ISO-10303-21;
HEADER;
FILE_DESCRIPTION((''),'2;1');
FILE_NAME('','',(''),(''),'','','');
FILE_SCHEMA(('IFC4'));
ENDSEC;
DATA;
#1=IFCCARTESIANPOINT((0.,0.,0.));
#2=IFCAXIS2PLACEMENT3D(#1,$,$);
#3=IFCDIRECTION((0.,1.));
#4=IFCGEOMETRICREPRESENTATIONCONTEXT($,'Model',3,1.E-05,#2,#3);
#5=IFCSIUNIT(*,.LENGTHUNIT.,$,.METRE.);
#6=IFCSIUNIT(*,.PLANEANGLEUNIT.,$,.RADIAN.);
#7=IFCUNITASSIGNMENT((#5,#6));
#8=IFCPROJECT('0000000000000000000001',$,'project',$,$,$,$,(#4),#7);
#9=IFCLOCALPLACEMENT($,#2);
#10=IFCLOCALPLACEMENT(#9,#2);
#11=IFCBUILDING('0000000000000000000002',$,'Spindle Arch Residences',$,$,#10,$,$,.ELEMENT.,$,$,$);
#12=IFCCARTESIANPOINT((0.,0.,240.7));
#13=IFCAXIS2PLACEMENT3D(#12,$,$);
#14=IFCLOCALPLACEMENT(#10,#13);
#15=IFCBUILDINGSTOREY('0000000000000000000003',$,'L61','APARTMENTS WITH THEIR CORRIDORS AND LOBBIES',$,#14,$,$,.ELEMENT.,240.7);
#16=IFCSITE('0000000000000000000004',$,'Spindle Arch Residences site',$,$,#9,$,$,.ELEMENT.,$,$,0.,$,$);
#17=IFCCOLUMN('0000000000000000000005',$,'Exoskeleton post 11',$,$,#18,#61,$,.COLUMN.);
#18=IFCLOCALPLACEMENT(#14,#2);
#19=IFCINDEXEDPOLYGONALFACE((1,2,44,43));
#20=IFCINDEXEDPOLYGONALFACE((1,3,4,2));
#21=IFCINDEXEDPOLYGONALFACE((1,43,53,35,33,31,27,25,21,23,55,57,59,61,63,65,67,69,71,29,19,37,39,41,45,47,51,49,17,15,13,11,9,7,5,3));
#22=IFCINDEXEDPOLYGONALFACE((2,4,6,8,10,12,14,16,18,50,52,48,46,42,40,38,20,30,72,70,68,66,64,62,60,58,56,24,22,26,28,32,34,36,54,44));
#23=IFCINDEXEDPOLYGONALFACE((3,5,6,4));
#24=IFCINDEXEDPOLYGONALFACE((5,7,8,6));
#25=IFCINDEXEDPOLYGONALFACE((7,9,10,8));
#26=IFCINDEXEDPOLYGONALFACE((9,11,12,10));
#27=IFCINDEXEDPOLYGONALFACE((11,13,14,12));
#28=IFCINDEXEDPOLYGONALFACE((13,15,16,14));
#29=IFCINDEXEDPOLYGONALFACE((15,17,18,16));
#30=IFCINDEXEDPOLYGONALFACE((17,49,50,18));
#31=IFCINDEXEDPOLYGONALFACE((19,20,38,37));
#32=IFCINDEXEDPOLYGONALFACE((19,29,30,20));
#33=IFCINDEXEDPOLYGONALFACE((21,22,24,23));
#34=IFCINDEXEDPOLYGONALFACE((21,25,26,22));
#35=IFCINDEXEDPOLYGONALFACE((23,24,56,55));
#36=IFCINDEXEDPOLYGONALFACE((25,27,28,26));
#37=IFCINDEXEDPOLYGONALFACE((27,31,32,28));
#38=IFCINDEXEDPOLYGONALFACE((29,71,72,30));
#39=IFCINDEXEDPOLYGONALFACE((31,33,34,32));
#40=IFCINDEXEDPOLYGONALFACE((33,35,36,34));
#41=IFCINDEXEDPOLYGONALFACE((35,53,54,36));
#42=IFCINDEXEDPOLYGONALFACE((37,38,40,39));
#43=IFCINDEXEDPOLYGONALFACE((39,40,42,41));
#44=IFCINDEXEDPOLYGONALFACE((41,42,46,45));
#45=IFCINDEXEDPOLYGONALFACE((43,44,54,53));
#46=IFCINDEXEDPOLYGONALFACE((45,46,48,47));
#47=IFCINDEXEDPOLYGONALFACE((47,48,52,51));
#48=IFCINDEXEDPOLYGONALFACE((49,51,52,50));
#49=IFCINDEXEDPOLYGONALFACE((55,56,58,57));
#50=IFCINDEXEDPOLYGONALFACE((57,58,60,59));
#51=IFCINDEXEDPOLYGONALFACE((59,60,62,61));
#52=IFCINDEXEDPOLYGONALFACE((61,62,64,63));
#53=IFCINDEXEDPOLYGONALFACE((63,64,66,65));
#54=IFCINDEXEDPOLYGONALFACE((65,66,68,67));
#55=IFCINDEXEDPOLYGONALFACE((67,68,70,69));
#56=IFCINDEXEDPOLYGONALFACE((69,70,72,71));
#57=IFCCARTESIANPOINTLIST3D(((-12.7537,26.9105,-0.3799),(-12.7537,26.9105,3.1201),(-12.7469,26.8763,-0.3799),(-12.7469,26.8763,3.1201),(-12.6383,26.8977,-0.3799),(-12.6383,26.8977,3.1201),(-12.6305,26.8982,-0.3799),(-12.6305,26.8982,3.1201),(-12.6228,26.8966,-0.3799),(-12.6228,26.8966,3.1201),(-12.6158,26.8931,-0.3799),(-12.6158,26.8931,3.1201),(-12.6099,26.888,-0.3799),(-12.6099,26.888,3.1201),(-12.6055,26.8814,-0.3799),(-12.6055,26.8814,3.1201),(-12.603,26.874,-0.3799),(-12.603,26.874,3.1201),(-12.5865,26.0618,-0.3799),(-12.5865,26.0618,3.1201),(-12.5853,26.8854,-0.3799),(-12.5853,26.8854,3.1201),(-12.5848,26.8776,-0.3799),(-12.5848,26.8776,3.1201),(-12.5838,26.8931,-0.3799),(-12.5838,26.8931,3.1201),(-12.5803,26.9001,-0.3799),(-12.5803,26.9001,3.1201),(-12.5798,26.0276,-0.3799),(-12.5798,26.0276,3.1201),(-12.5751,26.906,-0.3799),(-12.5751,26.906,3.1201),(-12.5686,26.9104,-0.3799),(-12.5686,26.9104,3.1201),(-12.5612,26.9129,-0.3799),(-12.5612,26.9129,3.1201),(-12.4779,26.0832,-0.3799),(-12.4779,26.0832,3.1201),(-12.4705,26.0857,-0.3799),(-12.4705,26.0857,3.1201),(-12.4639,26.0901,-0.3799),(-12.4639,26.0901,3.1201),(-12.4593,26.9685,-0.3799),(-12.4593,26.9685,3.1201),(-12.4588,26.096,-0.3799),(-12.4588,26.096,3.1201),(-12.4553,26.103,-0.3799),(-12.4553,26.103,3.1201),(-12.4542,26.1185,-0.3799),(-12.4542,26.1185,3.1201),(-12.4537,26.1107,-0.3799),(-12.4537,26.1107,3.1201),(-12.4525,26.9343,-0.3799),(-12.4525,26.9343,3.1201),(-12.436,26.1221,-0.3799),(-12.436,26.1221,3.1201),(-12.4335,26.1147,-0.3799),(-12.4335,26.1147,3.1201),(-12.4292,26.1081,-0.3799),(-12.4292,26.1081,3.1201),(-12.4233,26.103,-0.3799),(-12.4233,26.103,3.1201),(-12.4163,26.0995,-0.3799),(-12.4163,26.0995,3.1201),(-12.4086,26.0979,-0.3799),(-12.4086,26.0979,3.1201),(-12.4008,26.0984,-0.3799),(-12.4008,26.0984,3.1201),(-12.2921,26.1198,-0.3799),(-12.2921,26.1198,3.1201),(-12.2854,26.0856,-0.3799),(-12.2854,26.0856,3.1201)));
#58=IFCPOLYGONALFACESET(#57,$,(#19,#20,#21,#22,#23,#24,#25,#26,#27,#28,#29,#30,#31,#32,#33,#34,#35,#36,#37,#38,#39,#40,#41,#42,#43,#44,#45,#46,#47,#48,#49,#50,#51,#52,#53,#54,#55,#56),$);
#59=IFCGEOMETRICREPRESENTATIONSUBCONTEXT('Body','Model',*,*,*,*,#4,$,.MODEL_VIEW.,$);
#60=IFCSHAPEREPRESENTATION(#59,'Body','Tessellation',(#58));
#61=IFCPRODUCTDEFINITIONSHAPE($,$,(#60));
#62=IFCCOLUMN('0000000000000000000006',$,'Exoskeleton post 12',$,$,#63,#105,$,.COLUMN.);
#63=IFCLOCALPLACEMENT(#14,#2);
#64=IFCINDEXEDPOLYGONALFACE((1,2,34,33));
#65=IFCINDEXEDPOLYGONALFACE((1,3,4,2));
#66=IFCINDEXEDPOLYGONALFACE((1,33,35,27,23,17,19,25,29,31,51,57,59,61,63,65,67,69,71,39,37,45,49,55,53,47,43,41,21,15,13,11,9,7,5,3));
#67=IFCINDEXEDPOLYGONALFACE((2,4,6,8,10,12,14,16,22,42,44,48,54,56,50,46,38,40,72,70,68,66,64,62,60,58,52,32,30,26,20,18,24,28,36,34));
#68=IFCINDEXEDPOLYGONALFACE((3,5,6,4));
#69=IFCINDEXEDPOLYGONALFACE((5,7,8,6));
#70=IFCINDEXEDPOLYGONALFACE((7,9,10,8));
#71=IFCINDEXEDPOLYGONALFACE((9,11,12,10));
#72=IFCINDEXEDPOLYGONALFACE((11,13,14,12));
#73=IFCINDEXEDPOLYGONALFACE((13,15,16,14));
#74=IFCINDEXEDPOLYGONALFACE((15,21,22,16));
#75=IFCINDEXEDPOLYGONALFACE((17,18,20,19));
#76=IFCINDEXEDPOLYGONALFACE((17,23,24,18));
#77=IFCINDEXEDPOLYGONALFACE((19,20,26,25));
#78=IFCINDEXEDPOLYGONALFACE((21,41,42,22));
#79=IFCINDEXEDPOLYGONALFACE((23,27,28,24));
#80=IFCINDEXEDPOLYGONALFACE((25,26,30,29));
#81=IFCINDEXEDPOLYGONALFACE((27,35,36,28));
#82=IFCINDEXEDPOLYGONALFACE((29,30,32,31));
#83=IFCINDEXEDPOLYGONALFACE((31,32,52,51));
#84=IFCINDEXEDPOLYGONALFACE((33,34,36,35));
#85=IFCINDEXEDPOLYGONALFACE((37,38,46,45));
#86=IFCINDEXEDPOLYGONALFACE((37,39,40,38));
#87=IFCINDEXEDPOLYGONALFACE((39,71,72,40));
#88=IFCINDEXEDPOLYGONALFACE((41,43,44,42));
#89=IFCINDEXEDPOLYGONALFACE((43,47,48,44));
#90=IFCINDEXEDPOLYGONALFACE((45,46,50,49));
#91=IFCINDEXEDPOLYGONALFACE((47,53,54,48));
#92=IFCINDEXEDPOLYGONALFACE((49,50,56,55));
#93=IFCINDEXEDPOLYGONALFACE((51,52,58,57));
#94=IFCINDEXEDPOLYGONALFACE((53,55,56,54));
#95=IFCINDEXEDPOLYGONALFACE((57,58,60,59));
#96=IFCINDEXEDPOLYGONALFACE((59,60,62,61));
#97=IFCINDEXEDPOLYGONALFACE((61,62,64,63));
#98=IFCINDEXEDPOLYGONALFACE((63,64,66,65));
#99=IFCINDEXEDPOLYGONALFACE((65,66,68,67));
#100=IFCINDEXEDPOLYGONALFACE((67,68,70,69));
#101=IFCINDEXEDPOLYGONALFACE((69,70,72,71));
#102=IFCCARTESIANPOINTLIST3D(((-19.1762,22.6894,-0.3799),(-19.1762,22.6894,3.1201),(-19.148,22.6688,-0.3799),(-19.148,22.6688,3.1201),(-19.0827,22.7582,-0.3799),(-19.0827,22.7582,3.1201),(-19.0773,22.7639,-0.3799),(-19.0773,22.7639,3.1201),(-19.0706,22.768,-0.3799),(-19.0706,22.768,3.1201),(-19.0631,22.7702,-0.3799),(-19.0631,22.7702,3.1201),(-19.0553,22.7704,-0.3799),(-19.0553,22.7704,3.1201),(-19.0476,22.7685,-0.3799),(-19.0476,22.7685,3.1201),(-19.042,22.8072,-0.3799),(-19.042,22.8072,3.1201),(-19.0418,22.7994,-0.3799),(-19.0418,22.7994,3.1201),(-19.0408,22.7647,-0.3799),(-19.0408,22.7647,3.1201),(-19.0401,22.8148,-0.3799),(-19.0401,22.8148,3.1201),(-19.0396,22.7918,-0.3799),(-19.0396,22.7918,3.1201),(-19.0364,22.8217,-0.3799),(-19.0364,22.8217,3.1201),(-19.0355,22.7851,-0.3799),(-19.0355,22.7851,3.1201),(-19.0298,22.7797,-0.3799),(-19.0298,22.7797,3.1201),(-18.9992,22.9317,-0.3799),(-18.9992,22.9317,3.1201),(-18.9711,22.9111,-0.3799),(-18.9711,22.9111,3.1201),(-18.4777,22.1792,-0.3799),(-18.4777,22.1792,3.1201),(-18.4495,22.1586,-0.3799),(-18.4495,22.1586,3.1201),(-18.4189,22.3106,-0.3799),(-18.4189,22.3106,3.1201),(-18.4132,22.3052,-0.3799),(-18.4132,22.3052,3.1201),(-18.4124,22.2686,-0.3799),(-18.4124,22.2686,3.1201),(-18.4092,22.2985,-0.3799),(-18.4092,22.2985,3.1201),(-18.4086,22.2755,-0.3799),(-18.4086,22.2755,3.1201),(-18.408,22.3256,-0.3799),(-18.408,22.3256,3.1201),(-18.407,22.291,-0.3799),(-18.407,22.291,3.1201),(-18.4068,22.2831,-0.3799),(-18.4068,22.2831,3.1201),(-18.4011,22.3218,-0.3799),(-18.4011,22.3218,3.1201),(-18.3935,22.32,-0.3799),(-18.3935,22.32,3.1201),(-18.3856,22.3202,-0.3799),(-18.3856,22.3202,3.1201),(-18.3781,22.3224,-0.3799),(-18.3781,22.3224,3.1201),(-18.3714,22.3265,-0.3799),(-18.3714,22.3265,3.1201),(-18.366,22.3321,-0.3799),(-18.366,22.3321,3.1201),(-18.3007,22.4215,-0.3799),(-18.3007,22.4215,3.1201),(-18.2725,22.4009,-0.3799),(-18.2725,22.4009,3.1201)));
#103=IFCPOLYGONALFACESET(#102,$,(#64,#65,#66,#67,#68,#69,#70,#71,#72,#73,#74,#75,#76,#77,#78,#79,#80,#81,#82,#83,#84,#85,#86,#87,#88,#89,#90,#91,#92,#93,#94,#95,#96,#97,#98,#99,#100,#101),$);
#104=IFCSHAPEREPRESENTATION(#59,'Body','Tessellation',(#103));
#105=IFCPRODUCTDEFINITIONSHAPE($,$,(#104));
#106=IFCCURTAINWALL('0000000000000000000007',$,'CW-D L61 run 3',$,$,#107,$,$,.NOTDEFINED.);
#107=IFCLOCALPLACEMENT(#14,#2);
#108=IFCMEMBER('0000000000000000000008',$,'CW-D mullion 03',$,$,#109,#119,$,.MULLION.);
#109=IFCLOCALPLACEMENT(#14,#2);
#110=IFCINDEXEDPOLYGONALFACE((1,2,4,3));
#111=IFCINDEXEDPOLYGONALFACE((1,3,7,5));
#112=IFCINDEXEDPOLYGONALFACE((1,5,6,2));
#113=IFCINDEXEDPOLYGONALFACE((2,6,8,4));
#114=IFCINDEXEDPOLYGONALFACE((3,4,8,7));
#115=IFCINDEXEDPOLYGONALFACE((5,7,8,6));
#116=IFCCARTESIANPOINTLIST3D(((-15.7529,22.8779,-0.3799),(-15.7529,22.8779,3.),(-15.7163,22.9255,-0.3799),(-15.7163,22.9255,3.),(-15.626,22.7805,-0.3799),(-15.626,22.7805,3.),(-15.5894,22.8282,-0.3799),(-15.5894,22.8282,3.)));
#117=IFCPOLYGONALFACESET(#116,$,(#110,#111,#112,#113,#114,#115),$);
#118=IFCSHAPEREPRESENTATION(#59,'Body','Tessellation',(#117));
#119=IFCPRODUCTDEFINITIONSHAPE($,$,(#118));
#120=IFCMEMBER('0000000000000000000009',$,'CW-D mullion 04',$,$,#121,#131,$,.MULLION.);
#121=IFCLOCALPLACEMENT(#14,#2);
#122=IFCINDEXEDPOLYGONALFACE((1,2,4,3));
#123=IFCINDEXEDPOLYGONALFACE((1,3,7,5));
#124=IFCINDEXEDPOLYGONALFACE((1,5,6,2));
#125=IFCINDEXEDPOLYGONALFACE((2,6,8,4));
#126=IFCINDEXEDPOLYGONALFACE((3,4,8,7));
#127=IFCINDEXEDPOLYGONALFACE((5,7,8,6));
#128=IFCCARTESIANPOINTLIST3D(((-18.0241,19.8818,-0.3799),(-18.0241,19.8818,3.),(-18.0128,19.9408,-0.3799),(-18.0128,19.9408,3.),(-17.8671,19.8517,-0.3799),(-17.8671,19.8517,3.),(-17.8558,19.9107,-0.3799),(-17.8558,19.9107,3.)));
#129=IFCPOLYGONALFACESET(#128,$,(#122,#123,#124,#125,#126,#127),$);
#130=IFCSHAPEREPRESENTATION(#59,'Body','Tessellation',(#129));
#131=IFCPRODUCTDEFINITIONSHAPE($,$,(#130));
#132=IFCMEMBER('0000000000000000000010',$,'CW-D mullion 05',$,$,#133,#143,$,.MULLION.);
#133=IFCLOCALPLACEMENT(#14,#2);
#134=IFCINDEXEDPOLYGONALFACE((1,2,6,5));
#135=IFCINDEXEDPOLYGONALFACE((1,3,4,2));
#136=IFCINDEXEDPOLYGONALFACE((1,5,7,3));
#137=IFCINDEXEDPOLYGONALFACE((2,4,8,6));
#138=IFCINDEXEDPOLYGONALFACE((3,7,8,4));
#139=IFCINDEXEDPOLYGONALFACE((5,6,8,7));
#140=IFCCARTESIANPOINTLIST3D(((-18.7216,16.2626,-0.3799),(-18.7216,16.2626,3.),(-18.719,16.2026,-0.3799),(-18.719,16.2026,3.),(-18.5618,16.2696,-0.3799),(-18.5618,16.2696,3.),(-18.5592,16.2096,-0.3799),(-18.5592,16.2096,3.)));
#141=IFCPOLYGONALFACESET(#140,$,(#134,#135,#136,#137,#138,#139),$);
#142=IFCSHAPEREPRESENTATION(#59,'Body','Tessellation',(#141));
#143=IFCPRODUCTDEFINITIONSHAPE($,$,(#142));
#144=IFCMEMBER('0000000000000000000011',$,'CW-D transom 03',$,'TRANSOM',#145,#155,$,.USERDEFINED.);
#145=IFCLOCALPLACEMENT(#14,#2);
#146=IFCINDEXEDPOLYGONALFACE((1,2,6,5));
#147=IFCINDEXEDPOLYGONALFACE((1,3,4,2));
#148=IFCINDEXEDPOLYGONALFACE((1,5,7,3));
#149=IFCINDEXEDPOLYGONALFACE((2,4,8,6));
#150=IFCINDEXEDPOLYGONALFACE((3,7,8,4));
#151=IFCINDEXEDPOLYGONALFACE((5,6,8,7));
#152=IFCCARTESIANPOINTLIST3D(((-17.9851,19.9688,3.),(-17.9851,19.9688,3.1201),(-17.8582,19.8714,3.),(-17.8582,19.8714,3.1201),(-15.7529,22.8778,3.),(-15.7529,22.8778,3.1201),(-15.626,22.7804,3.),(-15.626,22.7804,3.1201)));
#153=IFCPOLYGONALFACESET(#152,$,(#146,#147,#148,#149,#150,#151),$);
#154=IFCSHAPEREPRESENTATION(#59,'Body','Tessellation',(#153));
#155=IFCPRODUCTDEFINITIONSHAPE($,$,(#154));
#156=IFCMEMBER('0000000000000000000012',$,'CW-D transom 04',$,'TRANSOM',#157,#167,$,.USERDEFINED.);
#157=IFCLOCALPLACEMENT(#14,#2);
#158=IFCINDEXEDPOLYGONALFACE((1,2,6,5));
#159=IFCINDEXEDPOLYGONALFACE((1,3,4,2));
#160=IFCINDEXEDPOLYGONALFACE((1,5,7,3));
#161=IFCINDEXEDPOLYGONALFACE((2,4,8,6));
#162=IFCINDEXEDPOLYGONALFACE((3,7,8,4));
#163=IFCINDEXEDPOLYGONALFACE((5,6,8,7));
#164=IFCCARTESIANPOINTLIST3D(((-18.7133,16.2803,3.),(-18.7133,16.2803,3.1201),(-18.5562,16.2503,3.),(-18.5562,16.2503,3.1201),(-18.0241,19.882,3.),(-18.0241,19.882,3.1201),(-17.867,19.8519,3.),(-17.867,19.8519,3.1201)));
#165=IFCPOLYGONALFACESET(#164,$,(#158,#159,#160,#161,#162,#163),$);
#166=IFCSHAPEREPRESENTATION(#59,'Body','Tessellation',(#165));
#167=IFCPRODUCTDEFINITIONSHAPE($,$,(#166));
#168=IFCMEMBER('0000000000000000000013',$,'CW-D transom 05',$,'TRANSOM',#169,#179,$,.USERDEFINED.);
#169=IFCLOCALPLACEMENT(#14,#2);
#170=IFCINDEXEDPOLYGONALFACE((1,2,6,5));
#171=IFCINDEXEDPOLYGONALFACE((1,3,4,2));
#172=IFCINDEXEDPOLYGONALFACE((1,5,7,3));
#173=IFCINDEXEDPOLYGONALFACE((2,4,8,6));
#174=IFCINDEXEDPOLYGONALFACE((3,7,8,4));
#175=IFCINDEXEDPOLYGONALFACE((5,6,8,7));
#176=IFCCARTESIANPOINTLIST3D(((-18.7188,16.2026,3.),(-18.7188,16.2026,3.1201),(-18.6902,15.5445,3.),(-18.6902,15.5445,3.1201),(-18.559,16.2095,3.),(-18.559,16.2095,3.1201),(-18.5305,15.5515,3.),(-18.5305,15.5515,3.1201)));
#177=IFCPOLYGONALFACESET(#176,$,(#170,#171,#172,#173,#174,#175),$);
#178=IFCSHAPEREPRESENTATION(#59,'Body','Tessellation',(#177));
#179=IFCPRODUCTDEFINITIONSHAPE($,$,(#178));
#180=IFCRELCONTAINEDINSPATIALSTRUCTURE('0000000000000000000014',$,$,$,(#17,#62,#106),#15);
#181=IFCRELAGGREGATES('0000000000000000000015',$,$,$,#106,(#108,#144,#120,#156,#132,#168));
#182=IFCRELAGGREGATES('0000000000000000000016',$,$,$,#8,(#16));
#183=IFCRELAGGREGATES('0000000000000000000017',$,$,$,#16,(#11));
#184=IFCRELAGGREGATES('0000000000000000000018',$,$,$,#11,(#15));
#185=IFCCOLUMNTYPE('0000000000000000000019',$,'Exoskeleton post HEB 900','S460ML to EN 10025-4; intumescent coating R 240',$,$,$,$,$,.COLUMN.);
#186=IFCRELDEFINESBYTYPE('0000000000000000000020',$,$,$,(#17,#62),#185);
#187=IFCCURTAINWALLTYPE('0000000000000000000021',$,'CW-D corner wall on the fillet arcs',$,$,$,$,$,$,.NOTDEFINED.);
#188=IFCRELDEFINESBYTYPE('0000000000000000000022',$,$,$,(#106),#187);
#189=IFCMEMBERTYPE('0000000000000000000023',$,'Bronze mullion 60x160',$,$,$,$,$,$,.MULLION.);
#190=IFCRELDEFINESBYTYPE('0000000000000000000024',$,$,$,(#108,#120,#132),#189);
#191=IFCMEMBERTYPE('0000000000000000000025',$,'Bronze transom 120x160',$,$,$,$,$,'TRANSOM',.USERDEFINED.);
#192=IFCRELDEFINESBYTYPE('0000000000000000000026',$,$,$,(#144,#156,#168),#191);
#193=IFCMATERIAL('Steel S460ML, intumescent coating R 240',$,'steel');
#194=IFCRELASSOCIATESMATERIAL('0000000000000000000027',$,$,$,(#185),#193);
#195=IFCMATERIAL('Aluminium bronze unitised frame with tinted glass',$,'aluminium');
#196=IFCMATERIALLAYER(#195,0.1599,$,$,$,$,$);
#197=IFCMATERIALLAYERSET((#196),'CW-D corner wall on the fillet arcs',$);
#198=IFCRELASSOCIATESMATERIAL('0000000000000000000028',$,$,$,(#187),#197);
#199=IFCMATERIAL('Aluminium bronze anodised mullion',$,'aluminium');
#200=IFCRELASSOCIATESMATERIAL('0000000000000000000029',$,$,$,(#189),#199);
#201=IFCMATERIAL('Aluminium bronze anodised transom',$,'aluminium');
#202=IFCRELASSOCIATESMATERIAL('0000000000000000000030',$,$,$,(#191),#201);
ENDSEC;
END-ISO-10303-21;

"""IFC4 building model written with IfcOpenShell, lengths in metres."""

from ifc_helpers import new_model, si_unit, direction, frame, origin, origin_2d, place, context, subcontext, project, spatial, rectangle, i_section, extrude, material, layer, layer_set, material_profile, profile_set, type_object, element, aggregate, save


model = new_model("IFC4")

# Units and contexts
model_context = context("Model", 3, precision=1e-05, world=origin(), true_north=direction((0.0, 1.0)))
body_context = subcontext(model_context, "Body", "Model", "MODEL_VIEW")
ifc_project = project(units=[si_unit("LENGTHUNIT", "METRE"), si_unit("PLANEANGLEUNIT", "RADIAN")], contexts=[model_context])

# Site, building, storey
site_placement = place(None, origin())
site = spatial("IfcSite", under=ifc_project, at=site_placement, Name="Spindle Arch Residences site", CompositionType="ELEMENT", RefElevation=0.0)
building_placement = place(site_placement, origin())
building = spatial("IfcBuilding", under=site, at=building_placement, Name="Spindle Arch Residences", CompositionType="ELEMENT")
storey_placement = place(building_placement, frame((0.0, 0.0, 240.7)))
storey = spatial("IfcBuildingStorey", under=building, at=storey_placement, Name="L61", Description="APARTMENTS WITH THEIR CORRIDORS AND LOBBIES", CompositionType="ELEMENT", Elevation=240.7)

# Columns
ifc_material_1 = material(Name="Steel S460ML, intumescent coating R 240", Category="steel")
ifc_material_profile_1 = material_profile(ifc_material_1, i_section(OverallWidth=0.3, OverallDepth=0.8999, WebThickness=0.0186, FlangeThickness=0.0349, FilletRadius=0.03, at=origin_2d()), Name="HEB 900")
ifc_profile_set_1 = profile_set([ifc_material_profile_1], Name="Steel S460ML, intumescent coating R 240")
column_type = type_object("IfcColumnType", Name="Exoskeleton post HEB 900", Description="S460ML to EN 10025-4; intumescent coating R 240", PredefinedType="COLUMN", material=ifc_profile_set_1)
for number, where, z_axis, x_axis, name in (
    (1, (-12.5195, 26.498, -0.3799), (0.0, 0.0, 1.0), (0.981153, 0.193233, 0.0), "Exoskeleton post 11"),
    (2, (-18.7244, 22.5452, -0.3799), (0.0, 0.0, 1.0), (0.589781, 0.807563, 0.0), "Exoskeleton post 12"),
):
    element("IfcColumn", number, at=place(storey_placement, frame(where, z_axis=z_axis, x_axis=x_axis)), inside=storey, type_object=column_type, Name=name, PredefinedType="COLUMN", context=body_context, shape_type="SweptSolid", body=[
        extrude(i_section(OverallWidth=0.3, OverallDepth=0.8999, WebThickness=0.0186, FlangeThickness=0.0349, FilletRadius=0.03, at=origin_2d()), origin(), (0.0, 0.0, 1.0), 3.5),
    ])

# Curtain wall, members
ifc_material_2 = material(Name="Aluminium bronze unitised frame with tinted glass", Category="aluminium")
ifc_layer_1 = layer(ifc_material_2, 0.1599)
ifc_layer_set_1 = layer_set([ifc_layer_1], Name="CW-D corner wall on the fillet arcs")
curtain_wall_type = type_object("IfcCurtainWallType", Name="CW-D corner wall on the fillet arcs", PredefinedType="NOTDEFINED", material=ifc_layer_set_1)
curtain_wall_placement = place(storey_placement, origin())
curtain_wall = element("IfcCurtainWall", 3, at=curtain_wall_placement, inside=storey, type_object=curtain_wall_type, Name="CW-D L61 run 3", PredefinedType="NOTDEFINED")
ifc_material_3 = material(Name="Aluminium bronze anodised mullion", Category="aluminium")
ifc_material_profile_2 = material_profile(ifc_material_3, rectangle(XDim=0.1599, YDim=0.0601, at=origin_2d()), Name="MU 60x160")
ifc_profile_set_2 = profile_set([ifc_material_profile_2], Name="Aluminium bronze anodised mullion")
member_type_1 = type_object("IfcMemberType", Name="Bronze mullion 60x160", PredefinedType="MULLION", material=ifc_profile_set_2)
member_1_placement = place(storey_placement, frame((-15.6711, 22.853, -0.3799), z_axis=(0.0, 0.0, 1.0), x_axis=(0.793353, -0.608761, 0.0)))
member_1 = element("IfcMember", 4, at=member_1_placement, type_object=member_type_1, Name="CW-D mullion 03", PredefinedType="MULLION", context=body_context, shape_type="SweptSolid", body=[
    extrude(rectangle(XDim=0.1599, YDim=0.0601, at=origin_2d()), origin(), (0.0, 0.0, 1.0), 3.3799),
])
member_2_placement = place(storey_placement, frame((-17.9399, 19.8962, -0.3799), z_axis=(0.0, 0.0, 1.0), x_axis=(0.982178, -0.187953, 0.0)))
member_2 = element("IfcMember", 5, at=member_2_placement, type_object=member_type_1, Name="CW-D mullion 04", PredefinedType="MULLION", context=body_context, shape_type="SweptSolid", body=[
    extrude(rectangle(XDim=0.1599, YDim=0.0601, at=origin_2d()), origin(), (0.0, 0.0, 1.0), 3.3799),
])
member_3_placement = place(storey_placement, frame((-18.6404, 16.2361, -0.3799), z_axis=(0.0, 0.0, 1.0), x_axis=(0.999048, 0.043619, 0.0)))
member_3 = element("IfcMember", 6, at=member_3_placement, type_object=member_type_1, Name="CW-D mullion 05", PredefinedType="MULLION", context=body_context, shape_type="SweptSolid", body=[
    extrude(rectangle(XDim=0.1599, YDim=0.0601, at=origin_2d()), origin(), (0.0, 0.0, 1.0), 3.3799),
])
ifc_material_4 = material(Name="Aluminium bronze anodised transom", Category="aluminium")
ifc_material_profile_3 = material_profile(ifc_material_4, rectangle(XDim=0.1599, YDim=0.1201, at=origin_2d()), Name="TR 120x160")
ifc_profile_set_3 = profile_set([ifc_material_profile_3], Name="Aluminium bronze anodised transom")
member_type_2 = type_object("IfcMemberType", Name="Bronze transom 120x160", ElementType="TRANSOM", PredefinedType="USERDEFINED", material=ifc_profile_set_3)
member_4_placement = place(storey_placement, frame((-15.6895, 22.8291, 3.0601), z_axis=(-0.608774, -0.793344, 0.0), x_axis=(0.793344, -0.608774, 0.0)))
member_4 = element("IfcMember", 7, at=member_4_placement, type_object=member_type_2, Name="CW-D transom 03", ObjectType="TRANSOM", PredefinedType="USERDEFINED", context=body_context, shape_type="SweptSolid", body=[
    extrude(rectangle(XDim=0.1599, YDim=0.1201, at=origin_2d()), origin(), (0.0, 0.0, 1.0), 3.6667),
])
member_5_placement = place(storey_placement, frame((-17.9456, 19.8669, 3.0601), z_axis=(-0.187953, -0.982178, 0.0), x_axis=(0.982178, -0.187953, 0.0)))
member_5 = element("IfcMember", 8, at=member_5_placement, type_object=member_type_2, Name="CW-D transom 04", ObjectType="TRANSOM", PredefinedType="USERDEFINED", context=body_context, shape_type="SweptSolid", body=[
    extrude(rectangle(XDim=0.1599, YDim=0.1201, at=origin_2d()), origin(), (0.0, 0.0, 1.0), 3.667),
])
member_6_placement = place(storey_placement, frame((-18.6389, 16.2061, 3.0601), z_axis=(0.043373, -0.999059, 0.0), x_axis=(0.999059, 0.043373, 0.0)))
member_6 = element("IfcMember", 9, at=member_6_placement, type_object=member_type_2, Name="CW-D transom 05", ObjectType="TRANSOM", PredefinedType="USERDEFINED", context=body_context, shape_type="SweptSolid", body=[
    extrude(rectangle(XDim=0.1599, YDim=0.1201, at=origin_2d()), origin(), (0.0, 0.0, 1.0), 0.6587),
])

aggregate(curtain_wall, [member_1, member_4, member_2, member_5, member_3, member_6])

save(model, "model.ifc")
